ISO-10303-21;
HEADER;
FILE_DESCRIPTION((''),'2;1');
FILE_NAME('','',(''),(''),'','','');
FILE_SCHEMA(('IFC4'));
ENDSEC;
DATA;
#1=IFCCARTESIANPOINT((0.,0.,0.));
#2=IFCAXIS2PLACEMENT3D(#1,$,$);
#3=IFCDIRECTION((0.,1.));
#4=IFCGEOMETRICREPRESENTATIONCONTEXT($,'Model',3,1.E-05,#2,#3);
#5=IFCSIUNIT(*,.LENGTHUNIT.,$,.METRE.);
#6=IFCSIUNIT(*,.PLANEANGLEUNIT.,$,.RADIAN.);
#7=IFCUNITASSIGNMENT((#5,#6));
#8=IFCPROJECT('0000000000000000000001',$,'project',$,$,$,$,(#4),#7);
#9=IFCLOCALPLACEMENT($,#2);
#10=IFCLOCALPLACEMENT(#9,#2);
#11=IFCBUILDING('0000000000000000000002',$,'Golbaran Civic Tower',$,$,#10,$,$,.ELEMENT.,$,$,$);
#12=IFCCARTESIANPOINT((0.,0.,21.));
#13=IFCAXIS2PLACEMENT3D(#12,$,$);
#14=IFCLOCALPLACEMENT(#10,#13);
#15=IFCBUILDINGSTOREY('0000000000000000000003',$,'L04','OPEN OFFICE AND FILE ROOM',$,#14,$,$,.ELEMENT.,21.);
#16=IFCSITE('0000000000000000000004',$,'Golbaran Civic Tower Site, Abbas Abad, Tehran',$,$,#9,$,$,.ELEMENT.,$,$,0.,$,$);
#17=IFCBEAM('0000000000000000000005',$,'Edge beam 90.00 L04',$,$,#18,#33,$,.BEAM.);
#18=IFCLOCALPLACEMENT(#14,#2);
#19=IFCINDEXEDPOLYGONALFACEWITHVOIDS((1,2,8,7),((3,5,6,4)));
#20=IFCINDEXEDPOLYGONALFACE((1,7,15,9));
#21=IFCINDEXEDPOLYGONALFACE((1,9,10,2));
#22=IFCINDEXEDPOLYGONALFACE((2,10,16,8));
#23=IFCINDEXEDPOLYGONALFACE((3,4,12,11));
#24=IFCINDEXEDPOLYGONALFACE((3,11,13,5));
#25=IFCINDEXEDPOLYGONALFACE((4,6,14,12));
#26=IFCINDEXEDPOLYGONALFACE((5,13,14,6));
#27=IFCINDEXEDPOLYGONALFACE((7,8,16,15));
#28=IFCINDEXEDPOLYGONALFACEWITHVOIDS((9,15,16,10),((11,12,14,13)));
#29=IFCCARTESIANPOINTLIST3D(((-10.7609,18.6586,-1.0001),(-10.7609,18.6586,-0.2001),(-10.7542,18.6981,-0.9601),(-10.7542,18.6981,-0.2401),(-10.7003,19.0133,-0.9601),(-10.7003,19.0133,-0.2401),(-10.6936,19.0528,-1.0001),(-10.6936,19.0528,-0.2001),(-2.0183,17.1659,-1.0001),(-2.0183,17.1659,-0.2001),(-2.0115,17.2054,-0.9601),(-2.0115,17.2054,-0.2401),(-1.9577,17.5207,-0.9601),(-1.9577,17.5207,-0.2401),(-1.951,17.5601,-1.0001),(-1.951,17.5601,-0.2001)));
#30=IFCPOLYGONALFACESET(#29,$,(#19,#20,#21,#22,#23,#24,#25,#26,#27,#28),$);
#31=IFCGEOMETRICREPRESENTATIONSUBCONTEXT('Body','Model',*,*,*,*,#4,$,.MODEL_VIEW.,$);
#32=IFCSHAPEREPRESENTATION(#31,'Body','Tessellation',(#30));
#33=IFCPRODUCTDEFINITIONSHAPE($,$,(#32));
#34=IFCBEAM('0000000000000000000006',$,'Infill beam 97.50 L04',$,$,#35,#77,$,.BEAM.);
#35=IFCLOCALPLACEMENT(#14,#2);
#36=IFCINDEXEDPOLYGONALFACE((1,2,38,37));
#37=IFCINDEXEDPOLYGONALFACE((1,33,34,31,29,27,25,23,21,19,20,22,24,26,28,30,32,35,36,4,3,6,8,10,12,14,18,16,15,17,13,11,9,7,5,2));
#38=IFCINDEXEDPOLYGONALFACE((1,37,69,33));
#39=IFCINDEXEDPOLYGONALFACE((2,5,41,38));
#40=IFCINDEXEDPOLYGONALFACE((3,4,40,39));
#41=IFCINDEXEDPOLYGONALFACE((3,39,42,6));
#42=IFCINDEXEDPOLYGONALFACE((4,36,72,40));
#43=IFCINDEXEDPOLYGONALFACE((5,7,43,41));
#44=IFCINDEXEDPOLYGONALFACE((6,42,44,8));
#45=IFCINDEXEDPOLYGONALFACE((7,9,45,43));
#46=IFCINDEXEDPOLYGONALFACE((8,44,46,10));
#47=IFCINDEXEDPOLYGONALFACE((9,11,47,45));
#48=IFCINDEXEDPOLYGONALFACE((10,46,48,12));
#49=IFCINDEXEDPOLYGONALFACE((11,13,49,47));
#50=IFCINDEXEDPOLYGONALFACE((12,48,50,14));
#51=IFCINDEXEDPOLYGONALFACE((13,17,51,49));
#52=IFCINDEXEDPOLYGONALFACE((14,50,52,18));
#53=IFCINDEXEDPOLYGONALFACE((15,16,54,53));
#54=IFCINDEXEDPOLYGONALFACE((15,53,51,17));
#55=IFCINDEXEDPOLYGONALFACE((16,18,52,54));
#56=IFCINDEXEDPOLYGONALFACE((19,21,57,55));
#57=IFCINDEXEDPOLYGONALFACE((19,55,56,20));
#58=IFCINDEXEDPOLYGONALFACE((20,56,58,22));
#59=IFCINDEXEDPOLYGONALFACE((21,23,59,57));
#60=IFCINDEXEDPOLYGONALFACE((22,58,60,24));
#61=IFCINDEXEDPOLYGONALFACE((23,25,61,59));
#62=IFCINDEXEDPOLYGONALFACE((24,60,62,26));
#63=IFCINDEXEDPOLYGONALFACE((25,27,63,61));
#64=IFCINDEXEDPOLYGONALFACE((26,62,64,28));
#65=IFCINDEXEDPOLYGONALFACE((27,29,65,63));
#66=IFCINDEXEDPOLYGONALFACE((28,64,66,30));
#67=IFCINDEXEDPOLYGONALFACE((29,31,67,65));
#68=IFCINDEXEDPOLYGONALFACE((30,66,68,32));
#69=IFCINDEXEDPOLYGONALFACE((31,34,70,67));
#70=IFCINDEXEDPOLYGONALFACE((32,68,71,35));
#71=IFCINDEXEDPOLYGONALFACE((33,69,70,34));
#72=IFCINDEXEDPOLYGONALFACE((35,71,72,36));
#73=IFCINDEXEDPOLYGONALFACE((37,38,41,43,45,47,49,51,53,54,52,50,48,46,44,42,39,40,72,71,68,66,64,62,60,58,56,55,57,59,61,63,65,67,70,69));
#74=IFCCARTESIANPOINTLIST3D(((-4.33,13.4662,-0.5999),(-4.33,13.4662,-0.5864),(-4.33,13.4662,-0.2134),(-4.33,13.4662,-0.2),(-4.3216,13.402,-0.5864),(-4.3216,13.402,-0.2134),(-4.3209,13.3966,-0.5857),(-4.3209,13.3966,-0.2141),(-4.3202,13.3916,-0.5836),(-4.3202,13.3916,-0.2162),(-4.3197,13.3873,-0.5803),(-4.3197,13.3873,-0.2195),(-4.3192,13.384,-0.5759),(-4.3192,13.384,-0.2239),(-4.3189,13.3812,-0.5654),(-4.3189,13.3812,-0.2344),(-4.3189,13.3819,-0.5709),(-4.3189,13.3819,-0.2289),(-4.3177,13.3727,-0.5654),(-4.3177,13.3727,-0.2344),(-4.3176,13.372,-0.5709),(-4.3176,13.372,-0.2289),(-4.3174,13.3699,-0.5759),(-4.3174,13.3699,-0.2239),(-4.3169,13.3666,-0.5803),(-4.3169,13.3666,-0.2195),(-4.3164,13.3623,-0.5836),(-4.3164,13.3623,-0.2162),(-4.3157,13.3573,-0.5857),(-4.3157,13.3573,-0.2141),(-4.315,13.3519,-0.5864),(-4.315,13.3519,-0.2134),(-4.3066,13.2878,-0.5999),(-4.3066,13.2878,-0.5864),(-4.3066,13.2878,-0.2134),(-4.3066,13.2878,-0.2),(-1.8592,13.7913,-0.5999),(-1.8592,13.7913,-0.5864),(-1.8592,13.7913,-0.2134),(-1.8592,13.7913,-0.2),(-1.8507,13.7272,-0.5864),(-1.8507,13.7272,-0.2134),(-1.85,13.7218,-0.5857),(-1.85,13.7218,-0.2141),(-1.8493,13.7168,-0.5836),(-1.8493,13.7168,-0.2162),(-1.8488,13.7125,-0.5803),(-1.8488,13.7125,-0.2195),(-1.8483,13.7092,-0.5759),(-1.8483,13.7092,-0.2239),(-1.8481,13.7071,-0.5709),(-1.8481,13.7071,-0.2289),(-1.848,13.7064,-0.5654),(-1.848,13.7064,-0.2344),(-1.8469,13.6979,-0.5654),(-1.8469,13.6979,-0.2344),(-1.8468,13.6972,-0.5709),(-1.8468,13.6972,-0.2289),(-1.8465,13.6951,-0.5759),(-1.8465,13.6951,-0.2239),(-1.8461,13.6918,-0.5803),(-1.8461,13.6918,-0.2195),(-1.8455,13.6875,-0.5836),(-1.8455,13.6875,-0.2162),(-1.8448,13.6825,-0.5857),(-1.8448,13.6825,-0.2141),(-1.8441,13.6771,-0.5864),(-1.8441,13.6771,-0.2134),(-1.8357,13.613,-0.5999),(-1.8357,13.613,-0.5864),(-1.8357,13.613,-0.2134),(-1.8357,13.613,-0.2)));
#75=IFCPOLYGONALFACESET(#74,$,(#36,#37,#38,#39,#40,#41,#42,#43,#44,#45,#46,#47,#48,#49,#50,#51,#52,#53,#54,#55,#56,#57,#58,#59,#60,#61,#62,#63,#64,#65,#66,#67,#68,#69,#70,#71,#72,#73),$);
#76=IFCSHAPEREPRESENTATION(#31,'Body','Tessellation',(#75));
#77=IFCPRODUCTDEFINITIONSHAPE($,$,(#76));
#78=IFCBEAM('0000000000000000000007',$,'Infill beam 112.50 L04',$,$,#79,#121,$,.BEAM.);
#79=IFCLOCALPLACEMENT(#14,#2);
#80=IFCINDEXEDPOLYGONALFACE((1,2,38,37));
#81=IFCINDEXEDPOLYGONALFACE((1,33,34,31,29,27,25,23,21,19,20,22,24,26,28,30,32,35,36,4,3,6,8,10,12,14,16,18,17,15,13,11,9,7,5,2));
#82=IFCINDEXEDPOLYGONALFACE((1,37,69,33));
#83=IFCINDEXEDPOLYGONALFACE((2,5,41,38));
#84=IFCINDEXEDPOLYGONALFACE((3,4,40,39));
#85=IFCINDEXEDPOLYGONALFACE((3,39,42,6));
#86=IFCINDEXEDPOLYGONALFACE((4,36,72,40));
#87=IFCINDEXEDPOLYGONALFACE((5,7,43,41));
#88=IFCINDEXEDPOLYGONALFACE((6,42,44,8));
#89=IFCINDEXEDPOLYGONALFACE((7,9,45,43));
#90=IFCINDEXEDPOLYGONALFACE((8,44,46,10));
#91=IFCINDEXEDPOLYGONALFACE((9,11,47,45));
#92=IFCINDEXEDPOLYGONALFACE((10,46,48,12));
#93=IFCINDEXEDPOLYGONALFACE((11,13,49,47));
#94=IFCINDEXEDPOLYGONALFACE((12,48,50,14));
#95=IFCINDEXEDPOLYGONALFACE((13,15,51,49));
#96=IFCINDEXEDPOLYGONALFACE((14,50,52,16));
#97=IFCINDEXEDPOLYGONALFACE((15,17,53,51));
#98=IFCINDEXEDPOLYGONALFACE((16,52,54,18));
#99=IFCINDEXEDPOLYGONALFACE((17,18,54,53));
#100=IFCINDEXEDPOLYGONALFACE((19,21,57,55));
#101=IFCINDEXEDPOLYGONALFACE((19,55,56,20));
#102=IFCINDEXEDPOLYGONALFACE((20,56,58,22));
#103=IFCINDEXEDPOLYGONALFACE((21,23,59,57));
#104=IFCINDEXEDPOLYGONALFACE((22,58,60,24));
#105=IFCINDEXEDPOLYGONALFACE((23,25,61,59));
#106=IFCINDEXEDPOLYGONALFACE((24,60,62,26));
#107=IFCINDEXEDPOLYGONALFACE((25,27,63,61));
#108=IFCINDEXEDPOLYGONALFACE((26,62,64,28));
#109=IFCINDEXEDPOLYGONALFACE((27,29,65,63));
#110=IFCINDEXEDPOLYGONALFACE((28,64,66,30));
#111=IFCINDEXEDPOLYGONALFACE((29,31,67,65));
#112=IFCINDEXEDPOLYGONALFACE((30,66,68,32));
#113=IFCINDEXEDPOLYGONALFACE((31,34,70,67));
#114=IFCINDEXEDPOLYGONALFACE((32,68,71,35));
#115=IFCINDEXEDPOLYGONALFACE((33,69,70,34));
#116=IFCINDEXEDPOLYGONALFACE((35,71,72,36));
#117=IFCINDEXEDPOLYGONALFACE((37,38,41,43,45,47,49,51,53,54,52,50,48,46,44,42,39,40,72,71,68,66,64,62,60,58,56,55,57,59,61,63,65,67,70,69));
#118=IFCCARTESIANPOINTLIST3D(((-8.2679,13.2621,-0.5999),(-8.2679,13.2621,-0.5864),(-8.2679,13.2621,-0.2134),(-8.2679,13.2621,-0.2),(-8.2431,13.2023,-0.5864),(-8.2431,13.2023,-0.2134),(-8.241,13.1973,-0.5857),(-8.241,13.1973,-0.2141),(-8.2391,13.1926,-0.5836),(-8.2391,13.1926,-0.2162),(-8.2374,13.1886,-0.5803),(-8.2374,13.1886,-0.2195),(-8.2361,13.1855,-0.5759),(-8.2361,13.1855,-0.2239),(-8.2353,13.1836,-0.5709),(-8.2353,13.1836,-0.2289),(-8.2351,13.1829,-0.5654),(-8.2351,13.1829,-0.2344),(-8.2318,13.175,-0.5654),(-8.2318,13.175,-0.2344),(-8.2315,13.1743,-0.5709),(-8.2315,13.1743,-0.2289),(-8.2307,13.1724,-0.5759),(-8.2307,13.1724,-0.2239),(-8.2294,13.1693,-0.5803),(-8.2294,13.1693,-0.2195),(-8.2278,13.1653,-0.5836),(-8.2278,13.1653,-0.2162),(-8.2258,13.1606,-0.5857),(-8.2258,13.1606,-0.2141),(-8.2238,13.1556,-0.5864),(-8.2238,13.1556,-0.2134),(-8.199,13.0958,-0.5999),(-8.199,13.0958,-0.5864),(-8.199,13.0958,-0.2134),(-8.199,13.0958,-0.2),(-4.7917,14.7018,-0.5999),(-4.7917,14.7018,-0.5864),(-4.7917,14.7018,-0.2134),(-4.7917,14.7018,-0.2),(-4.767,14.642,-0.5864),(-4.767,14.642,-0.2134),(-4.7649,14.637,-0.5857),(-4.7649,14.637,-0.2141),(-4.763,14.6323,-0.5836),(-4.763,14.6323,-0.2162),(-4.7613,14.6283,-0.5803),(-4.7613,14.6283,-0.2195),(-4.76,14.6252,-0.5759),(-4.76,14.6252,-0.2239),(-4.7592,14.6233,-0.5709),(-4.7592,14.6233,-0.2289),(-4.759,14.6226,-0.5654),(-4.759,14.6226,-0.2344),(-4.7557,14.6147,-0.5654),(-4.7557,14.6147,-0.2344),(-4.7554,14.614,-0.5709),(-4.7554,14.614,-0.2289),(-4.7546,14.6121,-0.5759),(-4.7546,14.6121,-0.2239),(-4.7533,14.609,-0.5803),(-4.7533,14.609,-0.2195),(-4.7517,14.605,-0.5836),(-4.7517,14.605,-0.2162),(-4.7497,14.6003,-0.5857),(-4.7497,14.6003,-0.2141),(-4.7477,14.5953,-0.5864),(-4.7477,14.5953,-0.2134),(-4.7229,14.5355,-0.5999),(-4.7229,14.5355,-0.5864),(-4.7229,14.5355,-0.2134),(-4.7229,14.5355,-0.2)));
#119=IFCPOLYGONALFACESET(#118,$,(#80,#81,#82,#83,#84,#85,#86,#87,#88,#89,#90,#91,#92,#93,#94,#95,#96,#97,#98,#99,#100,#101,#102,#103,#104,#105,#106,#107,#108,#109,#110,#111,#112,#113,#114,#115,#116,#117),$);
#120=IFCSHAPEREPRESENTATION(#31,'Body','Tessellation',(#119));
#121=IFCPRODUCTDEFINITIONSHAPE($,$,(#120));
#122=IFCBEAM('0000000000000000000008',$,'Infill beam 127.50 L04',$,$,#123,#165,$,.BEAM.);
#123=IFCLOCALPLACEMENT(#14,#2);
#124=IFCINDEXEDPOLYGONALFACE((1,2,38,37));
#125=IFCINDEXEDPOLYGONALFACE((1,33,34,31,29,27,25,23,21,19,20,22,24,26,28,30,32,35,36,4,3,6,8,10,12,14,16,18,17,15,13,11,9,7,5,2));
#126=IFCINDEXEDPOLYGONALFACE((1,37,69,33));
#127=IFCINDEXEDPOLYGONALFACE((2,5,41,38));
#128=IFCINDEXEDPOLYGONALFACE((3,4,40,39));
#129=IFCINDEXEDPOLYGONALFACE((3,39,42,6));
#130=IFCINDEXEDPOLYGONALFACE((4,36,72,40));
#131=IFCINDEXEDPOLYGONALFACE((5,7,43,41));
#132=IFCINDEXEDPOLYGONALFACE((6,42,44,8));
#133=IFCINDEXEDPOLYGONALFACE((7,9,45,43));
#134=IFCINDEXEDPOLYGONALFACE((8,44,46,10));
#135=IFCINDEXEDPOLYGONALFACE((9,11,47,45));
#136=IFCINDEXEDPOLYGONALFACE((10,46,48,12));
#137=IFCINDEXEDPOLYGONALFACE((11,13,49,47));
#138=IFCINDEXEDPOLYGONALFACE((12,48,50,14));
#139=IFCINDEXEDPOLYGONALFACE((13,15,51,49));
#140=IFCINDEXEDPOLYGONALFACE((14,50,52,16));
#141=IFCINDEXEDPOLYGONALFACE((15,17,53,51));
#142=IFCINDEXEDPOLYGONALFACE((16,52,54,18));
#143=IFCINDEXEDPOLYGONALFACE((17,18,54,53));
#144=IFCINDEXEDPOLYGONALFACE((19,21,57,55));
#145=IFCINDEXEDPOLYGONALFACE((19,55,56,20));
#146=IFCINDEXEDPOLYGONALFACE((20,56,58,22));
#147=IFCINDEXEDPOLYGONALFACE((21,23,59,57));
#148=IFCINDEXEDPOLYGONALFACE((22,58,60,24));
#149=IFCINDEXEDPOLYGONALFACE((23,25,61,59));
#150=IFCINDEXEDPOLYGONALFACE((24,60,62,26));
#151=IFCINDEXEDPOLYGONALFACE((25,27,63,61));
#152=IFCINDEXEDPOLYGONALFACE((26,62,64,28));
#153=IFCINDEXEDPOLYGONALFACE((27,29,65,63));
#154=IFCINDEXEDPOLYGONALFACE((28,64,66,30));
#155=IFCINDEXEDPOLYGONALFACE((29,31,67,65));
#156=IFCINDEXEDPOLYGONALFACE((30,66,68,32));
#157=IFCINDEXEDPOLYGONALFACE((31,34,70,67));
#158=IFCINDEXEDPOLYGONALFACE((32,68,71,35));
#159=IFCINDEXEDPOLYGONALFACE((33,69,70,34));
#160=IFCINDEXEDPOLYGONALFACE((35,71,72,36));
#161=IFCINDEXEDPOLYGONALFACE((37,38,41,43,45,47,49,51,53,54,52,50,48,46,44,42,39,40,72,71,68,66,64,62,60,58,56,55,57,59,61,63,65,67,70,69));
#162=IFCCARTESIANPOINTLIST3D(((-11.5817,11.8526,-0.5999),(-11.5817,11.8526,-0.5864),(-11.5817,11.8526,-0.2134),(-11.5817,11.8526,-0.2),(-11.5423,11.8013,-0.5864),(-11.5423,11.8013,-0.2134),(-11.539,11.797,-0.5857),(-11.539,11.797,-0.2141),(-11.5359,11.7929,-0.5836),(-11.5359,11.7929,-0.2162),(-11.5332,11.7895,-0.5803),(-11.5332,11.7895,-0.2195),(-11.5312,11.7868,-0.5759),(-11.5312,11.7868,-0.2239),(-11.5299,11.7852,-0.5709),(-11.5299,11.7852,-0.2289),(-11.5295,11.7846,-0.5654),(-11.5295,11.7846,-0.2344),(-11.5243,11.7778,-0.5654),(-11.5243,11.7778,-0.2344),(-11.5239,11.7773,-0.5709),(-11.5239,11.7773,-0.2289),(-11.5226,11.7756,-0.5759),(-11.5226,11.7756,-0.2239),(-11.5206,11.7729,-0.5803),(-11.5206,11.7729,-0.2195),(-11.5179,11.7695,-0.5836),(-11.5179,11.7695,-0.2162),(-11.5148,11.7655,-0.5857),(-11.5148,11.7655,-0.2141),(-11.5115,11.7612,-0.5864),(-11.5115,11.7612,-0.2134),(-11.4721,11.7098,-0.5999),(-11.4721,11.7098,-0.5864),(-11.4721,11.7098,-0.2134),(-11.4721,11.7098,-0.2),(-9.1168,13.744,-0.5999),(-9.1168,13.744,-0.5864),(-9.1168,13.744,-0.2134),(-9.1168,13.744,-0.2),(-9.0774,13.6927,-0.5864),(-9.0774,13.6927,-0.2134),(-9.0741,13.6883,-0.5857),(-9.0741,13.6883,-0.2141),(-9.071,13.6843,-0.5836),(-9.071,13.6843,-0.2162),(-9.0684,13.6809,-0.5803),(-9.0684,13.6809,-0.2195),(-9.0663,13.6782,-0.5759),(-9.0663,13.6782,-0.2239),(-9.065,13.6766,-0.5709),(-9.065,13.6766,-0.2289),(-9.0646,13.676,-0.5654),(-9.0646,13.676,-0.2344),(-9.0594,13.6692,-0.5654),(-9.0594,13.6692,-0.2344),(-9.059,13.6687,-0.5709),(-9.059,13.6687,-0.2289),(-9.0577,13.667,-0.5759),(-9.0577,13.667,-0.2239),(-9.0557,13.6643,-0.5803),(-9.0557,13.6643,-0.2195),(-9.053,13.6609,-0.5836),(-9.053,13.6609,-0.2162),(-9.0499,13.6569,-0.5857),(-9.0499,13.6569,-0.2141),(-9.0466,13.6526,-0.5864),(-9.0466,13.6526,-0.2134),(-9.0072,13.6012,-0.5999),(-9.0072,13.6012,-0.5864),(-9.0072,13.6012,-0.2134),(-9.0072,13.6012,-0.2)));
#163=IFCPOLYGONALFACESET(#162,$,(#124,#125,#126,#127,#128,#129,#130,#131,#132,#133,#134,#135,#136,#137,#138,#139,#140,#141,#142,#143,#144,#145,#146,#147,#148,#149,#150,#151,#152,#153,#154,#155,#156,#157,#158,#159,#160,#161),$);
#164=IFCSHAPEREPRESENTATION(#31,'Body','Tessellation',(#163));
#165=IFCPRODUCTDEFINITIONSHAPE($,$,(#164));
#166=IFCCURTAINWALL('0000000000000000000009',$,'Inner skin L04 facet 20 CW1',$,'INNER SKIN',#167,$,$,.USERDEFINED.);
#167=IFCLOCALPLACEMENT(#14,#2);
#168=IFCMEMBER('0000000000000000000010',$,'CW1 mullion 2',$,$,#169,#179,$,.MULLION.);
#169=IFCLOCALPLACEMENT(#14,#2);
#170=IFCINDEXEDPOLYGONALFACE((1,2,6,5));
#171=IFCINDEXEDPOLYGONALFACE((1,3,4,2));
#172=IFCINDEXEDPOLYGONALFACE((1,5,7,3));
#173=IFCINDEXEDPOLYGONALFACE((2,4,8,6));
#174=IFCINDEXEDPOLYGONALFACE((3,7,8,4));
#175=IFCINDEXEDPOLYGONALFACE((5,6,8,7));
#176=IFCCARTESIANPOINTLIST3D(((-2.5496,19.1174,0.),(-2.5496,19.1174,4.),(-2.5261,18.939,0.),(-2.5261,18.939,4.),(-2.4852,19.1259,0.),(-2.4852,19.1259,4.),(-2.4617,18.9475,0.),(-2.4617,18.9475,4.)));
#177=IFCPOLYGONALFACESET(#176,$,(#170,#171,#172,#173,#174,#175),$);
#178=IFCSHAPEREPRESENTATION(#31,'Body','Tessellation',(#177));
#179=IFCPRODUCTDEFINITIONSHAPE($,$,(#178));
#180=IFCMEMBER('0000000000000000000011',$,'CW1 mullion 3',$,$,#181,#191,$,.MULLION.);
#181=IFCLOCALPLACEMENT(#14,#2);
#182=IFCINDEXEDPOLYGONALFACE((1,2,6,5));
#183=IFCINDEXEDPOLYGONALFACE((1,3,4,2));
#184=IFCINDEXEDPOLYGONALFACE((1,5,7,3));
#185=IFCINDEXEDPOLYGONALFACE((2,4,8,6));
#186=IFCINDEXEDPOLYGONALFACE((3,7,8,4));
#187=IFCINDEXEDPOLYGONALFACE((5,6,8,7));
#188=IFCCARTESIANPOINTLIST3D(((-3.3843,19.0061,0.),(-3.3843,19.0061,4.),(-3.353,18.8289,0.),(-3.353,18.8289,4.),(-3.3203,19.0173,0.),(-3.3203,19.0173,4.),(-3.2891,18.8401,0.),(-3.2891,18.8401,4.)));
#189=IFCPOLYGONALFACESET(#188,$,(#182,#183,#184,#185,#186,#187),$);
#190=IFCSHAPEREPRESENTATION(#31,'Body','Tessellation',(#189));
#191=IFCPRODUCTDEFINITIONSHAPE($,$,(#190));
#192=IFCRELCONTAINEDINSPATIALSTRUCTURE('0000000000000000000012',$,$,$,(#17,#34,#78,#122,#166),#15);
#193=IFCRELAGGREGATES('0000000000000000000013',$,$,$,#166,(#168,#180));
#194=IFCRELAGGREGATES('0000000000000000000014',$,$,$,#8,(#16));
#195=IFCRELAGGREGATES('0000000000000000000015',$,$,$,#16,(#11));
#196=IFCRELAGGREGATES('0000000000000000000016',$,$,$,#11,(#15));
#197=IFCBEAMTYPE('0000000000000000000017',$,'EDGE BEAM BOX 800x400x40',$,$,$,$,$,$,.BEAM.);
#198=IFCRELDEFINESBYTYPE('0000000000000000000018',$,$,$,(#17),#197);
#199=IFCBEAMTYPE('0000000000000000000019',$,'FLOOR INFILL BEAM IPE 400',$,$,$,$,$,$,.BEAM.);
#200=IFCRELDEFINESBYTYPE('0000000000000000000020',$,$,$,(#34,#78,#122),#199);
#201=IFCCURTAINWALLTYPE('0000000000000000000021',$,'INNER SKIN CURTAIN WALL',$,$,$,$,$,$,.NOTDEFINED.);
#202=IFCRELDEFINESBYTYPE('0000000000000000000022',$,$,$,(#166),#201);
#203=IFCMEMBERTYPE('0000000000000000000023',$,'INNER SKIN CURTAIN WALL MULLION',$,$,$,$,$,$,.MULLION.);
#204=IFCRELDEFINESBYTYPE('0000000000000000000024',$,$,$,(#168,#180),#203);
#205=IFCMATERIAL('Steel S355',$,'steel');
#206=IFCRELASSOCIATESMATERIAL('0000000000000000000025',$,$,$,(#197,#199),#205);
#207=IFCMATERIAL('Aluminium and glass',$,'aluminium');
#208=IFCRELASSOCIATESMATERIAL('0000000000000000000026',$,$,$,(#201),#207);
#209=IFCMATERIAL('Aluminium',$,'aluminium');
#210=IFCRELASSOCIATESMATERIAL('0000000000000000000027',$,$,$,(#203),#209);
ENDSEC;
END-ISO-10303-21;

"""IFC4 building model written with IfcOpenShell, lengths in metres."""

from ifc_helpers import new_model, si_unit, direction, frame, origin, origin_2d, place, context, subcontext, project, spatial, rectangle, hollow_rectangle, i_section, extrude, material, material_profile, profile_set, type_object, element, aggregate, save


model = new_model("IFC4")

# Units and contexts
model_context = context("Model", 3, precision=1e-05, world=origin(), true_north=direction((0.0, 1.0)))
body_context = subcontext(model_context, "Body", "Model", "MODEL_VIEW")
ifc_project = project(units=[si_unit("LENGTHUNIT", "METRE"), si_unit("PLANEANGLEUNIT", "RADIAN")], contexts=[model_context])

# Site, building, storey
site_placement = place(None, origin())
site = spatial("IfcSite", under=ifc_project, at=site_placement, Name="Golbaran Civic Tower Site, Abbas Abad, Tehran", CompositionType="ELEMENT", RefElevation=0.0)
building_placement = place(site_placement, origin())
building = spatial("IfcBuilding", under=site, at=building_placement, Name="Golbaran Civic Tower", CompositionType="ELEMENT")
storey_placement = place(building_placement, frame((0.0, 0.0, 21.0)))
storey = spatial("IfcBuildingStorey", under=building, at=storey_placement, Name="L04", Description="OPEN OFFICE AND FILE ROOM", CompositionType="ELEMENT", Elevation=21.0)

# Beams
ifc_material_1 = material(Name="Steel S355", Category="steel")
ifc_material_profile_1 = material_profile(ifc_material_1, hollow_rectangle(XDim=0.3999, YDim=0.8, WallThickness=0.04, at=origin_2d()), Name="BOX 800x400x40")
ifc_profile_set_1 = profile_set([ifc_material_profile_1], Name="Steel S355")
beam_type_1 = type_object("IfcBeamType", Name="EDGE BEAM BOX 800x400x40", PredefinedType="BEAM", material=ifc_profile_set_1)
beam_1_placement = place(storey_placement, frame((-1.9846, 17.363, -0.6001), z_axis=(-0.985736, 0.168299, 0.0), x_axis=(-0.168299, -0.985736, 0.0)))
element("IfcBeam", 1, at=beam_1_placement, inside=storey, type_object=beam_type_1, Name="Edge beam 90.00 L04", PredefinedType="BEAM", context=body_context, shape_type="SweptSolid", body=[
    extrude(hollow_rectangle(XDim=0.3999, YDim=0.8, WallThickness=0.04, at=origin_2d()), origin(), (0.0, 0.0, 1.0), 8.8691),
])
ifc_material_profile_2 = material_profile(ifc_material_1, i_section(OverallWidth=0.1799, OverallDepth=0.3999, WebThickness=0.0085, FlangeThickness=0.0134, FilletRadius=0.021, at=origin_2d()), Name="IPE 400")
ifc_profile_set_2 = profile_set([ifc_material_profile_2], Name="Steel S355")
beam_type_2 = type_object("IfcBeamType", Name="FLOOR INFILL BEAM IPE 400", PredefinedType="BEAM", material=ifc_profile_set_2)
beam_2_placement = place(storey_placement, frame((-1.8474, 13.7021, -0.3999), z_axis=(-0.991451, -0.130482, 0.0), x_axis=(0.130482, -0.991451, 0.0)))
element("IfcBeam", 2, at=beam_2_placement, inside=storey, type_object=beam_type_2, Name="Infill beam 97.50 L04", PredefinedType="BEAM", context=body_context, shape_type="SweptSolid", body=[
    extrude(i_section(OverallWidth=0.1799, OverallDepth=0.3999, WebThickness=0.0085, FlangeThickness=0.0134, FilletRadius=0.021, at=origin_2d()), origin(), (0.0, 0.0, 1.0), 2.4922),
])
beam_3_placement = place(storey_placement, frame((-4.7573, 14.6187, -0.3999), z_axis=(-0.923893, -0.382652, 0.0), x_axis=(0.382652, -0.923893, 0.0)))
element("IfcBeam", 3, at=beam_3_placement, inside=storey, type_object=beam_type_2, Name="Infill beam 112.50 L04", PredefinedType="BEAM", context=body_context, shape_type="SweptSolid", body=[
    extrude(i_section(OverallWidth=0.1799, OverallDepth=0.3999, WebThickness=0.0085, FlangeThickness=0.0134, FilletRadius=0.021, at=origin_2d()), origin(), (0.0, 0.0, 1.0), 3.7625),
])
beam_4_placement = place(storey_placement, frame((-9.062, 13.6726, -0.3999), z_axis=(-0.793351, -0.608765, 0.0), x_axis=(0.608765, -0.793351, 0.0)))
element("IfcBeam", 4, at=beam_4_placement, inside=storey, type_object=beam_type_2, Name="Infill beam 127.50 L04", PredefinedType="BEAM", context=body_context, shape_type="SweptSolid", body=[
    extrude(i_section(OverallWidth=0.1799, OverallDepth=0.3999, WebThickness=0.0085, FlangeThickness=0.0134, FilletRadius=0.021, at=origin_2d()), origin(), (0.0, 0.0, 1.0), 3.1069),
])

# Curtain wall, members
ifc_material_2 = material(Name="Aluminium and glass", Category="aluminium")
curtain_wall_type = type_object("IfcCurtainWallType", Name="INNER SKIN CURTAIN WALL", PredefinedType="NOTDEFINED", material=ifc_material_2)
curtain_wall_1_placement = place(storey_placement, origin())
curtain_wall_1 = element("IfcCurtainWall", 5, at=curtain_wall_1_placement, inside=storey, type_object=curtain_wall_type, Name="Inner skin L04 facet 20 CW1", ObjectType="INNER SKIN", PredefinedType="USERDEFINED")
ifc_material_3 = material(Name="Aluminium", Category="aluminium")
ifc_material_profile_3 = material_profile(ifc_material_3, rectangle(XDim=0.1799, YDim=0.0649, at=origin_2d()), Name="INNER SKIN CURTAIN WALL MULLION")
ifc_profile_set_3 = profile_set([ifc_material_profile_3], Name="Aluminium")
member_type_1 = type_object("IfcMemberType", Name="INNER SKIN CURTAIN WALL MULLION", PredefinedType="MULLION", material=ifc_profile_set_3)
member_1_placement = place(storey_placement, frame((-2.5056, 19.0325, 0.0), z_axis=(0.0, 0.0, 1.0), x_axis=(0.130526, -0.991445, 0.0)))
member_1 = element("IfcMember", 6, at=member_1_placement, type_object=member_type_1, Name="CW1 mullion 2", PredefinedType="MULLION", context=body_context, shape_type="SweptSolid", body=[
    extrude(rectangle(XDim=0.1799, YDim=0.0649, at=origin_2d()), origin(), (0.0, 0.0, 1.0), 4.0),
])
member_2_placement = place(storey_placement, frame((-3.3367, 18.9231, 0.0), z_axis=(0.0, 0.0, 1.0), x_axis=(0.173648, -0.984808, 0.0)))
member_2 = element("IfcMember", 7, at=member_2_placement, type_object=member_type_1, Name="CW1 mullion 3", PredefinedType="MULLION", context=body_context, shape_type="SweptSolid", body=[
    extrude(rectangle(XDim=0.1799, YDim=0.0649, at=origin_2d()), origin(), (0.0, 0.0, 1.0), 4.0),
])

aggregate(curtain_wall_1, [member_1, member_2])

save(model, "model.ifc")
